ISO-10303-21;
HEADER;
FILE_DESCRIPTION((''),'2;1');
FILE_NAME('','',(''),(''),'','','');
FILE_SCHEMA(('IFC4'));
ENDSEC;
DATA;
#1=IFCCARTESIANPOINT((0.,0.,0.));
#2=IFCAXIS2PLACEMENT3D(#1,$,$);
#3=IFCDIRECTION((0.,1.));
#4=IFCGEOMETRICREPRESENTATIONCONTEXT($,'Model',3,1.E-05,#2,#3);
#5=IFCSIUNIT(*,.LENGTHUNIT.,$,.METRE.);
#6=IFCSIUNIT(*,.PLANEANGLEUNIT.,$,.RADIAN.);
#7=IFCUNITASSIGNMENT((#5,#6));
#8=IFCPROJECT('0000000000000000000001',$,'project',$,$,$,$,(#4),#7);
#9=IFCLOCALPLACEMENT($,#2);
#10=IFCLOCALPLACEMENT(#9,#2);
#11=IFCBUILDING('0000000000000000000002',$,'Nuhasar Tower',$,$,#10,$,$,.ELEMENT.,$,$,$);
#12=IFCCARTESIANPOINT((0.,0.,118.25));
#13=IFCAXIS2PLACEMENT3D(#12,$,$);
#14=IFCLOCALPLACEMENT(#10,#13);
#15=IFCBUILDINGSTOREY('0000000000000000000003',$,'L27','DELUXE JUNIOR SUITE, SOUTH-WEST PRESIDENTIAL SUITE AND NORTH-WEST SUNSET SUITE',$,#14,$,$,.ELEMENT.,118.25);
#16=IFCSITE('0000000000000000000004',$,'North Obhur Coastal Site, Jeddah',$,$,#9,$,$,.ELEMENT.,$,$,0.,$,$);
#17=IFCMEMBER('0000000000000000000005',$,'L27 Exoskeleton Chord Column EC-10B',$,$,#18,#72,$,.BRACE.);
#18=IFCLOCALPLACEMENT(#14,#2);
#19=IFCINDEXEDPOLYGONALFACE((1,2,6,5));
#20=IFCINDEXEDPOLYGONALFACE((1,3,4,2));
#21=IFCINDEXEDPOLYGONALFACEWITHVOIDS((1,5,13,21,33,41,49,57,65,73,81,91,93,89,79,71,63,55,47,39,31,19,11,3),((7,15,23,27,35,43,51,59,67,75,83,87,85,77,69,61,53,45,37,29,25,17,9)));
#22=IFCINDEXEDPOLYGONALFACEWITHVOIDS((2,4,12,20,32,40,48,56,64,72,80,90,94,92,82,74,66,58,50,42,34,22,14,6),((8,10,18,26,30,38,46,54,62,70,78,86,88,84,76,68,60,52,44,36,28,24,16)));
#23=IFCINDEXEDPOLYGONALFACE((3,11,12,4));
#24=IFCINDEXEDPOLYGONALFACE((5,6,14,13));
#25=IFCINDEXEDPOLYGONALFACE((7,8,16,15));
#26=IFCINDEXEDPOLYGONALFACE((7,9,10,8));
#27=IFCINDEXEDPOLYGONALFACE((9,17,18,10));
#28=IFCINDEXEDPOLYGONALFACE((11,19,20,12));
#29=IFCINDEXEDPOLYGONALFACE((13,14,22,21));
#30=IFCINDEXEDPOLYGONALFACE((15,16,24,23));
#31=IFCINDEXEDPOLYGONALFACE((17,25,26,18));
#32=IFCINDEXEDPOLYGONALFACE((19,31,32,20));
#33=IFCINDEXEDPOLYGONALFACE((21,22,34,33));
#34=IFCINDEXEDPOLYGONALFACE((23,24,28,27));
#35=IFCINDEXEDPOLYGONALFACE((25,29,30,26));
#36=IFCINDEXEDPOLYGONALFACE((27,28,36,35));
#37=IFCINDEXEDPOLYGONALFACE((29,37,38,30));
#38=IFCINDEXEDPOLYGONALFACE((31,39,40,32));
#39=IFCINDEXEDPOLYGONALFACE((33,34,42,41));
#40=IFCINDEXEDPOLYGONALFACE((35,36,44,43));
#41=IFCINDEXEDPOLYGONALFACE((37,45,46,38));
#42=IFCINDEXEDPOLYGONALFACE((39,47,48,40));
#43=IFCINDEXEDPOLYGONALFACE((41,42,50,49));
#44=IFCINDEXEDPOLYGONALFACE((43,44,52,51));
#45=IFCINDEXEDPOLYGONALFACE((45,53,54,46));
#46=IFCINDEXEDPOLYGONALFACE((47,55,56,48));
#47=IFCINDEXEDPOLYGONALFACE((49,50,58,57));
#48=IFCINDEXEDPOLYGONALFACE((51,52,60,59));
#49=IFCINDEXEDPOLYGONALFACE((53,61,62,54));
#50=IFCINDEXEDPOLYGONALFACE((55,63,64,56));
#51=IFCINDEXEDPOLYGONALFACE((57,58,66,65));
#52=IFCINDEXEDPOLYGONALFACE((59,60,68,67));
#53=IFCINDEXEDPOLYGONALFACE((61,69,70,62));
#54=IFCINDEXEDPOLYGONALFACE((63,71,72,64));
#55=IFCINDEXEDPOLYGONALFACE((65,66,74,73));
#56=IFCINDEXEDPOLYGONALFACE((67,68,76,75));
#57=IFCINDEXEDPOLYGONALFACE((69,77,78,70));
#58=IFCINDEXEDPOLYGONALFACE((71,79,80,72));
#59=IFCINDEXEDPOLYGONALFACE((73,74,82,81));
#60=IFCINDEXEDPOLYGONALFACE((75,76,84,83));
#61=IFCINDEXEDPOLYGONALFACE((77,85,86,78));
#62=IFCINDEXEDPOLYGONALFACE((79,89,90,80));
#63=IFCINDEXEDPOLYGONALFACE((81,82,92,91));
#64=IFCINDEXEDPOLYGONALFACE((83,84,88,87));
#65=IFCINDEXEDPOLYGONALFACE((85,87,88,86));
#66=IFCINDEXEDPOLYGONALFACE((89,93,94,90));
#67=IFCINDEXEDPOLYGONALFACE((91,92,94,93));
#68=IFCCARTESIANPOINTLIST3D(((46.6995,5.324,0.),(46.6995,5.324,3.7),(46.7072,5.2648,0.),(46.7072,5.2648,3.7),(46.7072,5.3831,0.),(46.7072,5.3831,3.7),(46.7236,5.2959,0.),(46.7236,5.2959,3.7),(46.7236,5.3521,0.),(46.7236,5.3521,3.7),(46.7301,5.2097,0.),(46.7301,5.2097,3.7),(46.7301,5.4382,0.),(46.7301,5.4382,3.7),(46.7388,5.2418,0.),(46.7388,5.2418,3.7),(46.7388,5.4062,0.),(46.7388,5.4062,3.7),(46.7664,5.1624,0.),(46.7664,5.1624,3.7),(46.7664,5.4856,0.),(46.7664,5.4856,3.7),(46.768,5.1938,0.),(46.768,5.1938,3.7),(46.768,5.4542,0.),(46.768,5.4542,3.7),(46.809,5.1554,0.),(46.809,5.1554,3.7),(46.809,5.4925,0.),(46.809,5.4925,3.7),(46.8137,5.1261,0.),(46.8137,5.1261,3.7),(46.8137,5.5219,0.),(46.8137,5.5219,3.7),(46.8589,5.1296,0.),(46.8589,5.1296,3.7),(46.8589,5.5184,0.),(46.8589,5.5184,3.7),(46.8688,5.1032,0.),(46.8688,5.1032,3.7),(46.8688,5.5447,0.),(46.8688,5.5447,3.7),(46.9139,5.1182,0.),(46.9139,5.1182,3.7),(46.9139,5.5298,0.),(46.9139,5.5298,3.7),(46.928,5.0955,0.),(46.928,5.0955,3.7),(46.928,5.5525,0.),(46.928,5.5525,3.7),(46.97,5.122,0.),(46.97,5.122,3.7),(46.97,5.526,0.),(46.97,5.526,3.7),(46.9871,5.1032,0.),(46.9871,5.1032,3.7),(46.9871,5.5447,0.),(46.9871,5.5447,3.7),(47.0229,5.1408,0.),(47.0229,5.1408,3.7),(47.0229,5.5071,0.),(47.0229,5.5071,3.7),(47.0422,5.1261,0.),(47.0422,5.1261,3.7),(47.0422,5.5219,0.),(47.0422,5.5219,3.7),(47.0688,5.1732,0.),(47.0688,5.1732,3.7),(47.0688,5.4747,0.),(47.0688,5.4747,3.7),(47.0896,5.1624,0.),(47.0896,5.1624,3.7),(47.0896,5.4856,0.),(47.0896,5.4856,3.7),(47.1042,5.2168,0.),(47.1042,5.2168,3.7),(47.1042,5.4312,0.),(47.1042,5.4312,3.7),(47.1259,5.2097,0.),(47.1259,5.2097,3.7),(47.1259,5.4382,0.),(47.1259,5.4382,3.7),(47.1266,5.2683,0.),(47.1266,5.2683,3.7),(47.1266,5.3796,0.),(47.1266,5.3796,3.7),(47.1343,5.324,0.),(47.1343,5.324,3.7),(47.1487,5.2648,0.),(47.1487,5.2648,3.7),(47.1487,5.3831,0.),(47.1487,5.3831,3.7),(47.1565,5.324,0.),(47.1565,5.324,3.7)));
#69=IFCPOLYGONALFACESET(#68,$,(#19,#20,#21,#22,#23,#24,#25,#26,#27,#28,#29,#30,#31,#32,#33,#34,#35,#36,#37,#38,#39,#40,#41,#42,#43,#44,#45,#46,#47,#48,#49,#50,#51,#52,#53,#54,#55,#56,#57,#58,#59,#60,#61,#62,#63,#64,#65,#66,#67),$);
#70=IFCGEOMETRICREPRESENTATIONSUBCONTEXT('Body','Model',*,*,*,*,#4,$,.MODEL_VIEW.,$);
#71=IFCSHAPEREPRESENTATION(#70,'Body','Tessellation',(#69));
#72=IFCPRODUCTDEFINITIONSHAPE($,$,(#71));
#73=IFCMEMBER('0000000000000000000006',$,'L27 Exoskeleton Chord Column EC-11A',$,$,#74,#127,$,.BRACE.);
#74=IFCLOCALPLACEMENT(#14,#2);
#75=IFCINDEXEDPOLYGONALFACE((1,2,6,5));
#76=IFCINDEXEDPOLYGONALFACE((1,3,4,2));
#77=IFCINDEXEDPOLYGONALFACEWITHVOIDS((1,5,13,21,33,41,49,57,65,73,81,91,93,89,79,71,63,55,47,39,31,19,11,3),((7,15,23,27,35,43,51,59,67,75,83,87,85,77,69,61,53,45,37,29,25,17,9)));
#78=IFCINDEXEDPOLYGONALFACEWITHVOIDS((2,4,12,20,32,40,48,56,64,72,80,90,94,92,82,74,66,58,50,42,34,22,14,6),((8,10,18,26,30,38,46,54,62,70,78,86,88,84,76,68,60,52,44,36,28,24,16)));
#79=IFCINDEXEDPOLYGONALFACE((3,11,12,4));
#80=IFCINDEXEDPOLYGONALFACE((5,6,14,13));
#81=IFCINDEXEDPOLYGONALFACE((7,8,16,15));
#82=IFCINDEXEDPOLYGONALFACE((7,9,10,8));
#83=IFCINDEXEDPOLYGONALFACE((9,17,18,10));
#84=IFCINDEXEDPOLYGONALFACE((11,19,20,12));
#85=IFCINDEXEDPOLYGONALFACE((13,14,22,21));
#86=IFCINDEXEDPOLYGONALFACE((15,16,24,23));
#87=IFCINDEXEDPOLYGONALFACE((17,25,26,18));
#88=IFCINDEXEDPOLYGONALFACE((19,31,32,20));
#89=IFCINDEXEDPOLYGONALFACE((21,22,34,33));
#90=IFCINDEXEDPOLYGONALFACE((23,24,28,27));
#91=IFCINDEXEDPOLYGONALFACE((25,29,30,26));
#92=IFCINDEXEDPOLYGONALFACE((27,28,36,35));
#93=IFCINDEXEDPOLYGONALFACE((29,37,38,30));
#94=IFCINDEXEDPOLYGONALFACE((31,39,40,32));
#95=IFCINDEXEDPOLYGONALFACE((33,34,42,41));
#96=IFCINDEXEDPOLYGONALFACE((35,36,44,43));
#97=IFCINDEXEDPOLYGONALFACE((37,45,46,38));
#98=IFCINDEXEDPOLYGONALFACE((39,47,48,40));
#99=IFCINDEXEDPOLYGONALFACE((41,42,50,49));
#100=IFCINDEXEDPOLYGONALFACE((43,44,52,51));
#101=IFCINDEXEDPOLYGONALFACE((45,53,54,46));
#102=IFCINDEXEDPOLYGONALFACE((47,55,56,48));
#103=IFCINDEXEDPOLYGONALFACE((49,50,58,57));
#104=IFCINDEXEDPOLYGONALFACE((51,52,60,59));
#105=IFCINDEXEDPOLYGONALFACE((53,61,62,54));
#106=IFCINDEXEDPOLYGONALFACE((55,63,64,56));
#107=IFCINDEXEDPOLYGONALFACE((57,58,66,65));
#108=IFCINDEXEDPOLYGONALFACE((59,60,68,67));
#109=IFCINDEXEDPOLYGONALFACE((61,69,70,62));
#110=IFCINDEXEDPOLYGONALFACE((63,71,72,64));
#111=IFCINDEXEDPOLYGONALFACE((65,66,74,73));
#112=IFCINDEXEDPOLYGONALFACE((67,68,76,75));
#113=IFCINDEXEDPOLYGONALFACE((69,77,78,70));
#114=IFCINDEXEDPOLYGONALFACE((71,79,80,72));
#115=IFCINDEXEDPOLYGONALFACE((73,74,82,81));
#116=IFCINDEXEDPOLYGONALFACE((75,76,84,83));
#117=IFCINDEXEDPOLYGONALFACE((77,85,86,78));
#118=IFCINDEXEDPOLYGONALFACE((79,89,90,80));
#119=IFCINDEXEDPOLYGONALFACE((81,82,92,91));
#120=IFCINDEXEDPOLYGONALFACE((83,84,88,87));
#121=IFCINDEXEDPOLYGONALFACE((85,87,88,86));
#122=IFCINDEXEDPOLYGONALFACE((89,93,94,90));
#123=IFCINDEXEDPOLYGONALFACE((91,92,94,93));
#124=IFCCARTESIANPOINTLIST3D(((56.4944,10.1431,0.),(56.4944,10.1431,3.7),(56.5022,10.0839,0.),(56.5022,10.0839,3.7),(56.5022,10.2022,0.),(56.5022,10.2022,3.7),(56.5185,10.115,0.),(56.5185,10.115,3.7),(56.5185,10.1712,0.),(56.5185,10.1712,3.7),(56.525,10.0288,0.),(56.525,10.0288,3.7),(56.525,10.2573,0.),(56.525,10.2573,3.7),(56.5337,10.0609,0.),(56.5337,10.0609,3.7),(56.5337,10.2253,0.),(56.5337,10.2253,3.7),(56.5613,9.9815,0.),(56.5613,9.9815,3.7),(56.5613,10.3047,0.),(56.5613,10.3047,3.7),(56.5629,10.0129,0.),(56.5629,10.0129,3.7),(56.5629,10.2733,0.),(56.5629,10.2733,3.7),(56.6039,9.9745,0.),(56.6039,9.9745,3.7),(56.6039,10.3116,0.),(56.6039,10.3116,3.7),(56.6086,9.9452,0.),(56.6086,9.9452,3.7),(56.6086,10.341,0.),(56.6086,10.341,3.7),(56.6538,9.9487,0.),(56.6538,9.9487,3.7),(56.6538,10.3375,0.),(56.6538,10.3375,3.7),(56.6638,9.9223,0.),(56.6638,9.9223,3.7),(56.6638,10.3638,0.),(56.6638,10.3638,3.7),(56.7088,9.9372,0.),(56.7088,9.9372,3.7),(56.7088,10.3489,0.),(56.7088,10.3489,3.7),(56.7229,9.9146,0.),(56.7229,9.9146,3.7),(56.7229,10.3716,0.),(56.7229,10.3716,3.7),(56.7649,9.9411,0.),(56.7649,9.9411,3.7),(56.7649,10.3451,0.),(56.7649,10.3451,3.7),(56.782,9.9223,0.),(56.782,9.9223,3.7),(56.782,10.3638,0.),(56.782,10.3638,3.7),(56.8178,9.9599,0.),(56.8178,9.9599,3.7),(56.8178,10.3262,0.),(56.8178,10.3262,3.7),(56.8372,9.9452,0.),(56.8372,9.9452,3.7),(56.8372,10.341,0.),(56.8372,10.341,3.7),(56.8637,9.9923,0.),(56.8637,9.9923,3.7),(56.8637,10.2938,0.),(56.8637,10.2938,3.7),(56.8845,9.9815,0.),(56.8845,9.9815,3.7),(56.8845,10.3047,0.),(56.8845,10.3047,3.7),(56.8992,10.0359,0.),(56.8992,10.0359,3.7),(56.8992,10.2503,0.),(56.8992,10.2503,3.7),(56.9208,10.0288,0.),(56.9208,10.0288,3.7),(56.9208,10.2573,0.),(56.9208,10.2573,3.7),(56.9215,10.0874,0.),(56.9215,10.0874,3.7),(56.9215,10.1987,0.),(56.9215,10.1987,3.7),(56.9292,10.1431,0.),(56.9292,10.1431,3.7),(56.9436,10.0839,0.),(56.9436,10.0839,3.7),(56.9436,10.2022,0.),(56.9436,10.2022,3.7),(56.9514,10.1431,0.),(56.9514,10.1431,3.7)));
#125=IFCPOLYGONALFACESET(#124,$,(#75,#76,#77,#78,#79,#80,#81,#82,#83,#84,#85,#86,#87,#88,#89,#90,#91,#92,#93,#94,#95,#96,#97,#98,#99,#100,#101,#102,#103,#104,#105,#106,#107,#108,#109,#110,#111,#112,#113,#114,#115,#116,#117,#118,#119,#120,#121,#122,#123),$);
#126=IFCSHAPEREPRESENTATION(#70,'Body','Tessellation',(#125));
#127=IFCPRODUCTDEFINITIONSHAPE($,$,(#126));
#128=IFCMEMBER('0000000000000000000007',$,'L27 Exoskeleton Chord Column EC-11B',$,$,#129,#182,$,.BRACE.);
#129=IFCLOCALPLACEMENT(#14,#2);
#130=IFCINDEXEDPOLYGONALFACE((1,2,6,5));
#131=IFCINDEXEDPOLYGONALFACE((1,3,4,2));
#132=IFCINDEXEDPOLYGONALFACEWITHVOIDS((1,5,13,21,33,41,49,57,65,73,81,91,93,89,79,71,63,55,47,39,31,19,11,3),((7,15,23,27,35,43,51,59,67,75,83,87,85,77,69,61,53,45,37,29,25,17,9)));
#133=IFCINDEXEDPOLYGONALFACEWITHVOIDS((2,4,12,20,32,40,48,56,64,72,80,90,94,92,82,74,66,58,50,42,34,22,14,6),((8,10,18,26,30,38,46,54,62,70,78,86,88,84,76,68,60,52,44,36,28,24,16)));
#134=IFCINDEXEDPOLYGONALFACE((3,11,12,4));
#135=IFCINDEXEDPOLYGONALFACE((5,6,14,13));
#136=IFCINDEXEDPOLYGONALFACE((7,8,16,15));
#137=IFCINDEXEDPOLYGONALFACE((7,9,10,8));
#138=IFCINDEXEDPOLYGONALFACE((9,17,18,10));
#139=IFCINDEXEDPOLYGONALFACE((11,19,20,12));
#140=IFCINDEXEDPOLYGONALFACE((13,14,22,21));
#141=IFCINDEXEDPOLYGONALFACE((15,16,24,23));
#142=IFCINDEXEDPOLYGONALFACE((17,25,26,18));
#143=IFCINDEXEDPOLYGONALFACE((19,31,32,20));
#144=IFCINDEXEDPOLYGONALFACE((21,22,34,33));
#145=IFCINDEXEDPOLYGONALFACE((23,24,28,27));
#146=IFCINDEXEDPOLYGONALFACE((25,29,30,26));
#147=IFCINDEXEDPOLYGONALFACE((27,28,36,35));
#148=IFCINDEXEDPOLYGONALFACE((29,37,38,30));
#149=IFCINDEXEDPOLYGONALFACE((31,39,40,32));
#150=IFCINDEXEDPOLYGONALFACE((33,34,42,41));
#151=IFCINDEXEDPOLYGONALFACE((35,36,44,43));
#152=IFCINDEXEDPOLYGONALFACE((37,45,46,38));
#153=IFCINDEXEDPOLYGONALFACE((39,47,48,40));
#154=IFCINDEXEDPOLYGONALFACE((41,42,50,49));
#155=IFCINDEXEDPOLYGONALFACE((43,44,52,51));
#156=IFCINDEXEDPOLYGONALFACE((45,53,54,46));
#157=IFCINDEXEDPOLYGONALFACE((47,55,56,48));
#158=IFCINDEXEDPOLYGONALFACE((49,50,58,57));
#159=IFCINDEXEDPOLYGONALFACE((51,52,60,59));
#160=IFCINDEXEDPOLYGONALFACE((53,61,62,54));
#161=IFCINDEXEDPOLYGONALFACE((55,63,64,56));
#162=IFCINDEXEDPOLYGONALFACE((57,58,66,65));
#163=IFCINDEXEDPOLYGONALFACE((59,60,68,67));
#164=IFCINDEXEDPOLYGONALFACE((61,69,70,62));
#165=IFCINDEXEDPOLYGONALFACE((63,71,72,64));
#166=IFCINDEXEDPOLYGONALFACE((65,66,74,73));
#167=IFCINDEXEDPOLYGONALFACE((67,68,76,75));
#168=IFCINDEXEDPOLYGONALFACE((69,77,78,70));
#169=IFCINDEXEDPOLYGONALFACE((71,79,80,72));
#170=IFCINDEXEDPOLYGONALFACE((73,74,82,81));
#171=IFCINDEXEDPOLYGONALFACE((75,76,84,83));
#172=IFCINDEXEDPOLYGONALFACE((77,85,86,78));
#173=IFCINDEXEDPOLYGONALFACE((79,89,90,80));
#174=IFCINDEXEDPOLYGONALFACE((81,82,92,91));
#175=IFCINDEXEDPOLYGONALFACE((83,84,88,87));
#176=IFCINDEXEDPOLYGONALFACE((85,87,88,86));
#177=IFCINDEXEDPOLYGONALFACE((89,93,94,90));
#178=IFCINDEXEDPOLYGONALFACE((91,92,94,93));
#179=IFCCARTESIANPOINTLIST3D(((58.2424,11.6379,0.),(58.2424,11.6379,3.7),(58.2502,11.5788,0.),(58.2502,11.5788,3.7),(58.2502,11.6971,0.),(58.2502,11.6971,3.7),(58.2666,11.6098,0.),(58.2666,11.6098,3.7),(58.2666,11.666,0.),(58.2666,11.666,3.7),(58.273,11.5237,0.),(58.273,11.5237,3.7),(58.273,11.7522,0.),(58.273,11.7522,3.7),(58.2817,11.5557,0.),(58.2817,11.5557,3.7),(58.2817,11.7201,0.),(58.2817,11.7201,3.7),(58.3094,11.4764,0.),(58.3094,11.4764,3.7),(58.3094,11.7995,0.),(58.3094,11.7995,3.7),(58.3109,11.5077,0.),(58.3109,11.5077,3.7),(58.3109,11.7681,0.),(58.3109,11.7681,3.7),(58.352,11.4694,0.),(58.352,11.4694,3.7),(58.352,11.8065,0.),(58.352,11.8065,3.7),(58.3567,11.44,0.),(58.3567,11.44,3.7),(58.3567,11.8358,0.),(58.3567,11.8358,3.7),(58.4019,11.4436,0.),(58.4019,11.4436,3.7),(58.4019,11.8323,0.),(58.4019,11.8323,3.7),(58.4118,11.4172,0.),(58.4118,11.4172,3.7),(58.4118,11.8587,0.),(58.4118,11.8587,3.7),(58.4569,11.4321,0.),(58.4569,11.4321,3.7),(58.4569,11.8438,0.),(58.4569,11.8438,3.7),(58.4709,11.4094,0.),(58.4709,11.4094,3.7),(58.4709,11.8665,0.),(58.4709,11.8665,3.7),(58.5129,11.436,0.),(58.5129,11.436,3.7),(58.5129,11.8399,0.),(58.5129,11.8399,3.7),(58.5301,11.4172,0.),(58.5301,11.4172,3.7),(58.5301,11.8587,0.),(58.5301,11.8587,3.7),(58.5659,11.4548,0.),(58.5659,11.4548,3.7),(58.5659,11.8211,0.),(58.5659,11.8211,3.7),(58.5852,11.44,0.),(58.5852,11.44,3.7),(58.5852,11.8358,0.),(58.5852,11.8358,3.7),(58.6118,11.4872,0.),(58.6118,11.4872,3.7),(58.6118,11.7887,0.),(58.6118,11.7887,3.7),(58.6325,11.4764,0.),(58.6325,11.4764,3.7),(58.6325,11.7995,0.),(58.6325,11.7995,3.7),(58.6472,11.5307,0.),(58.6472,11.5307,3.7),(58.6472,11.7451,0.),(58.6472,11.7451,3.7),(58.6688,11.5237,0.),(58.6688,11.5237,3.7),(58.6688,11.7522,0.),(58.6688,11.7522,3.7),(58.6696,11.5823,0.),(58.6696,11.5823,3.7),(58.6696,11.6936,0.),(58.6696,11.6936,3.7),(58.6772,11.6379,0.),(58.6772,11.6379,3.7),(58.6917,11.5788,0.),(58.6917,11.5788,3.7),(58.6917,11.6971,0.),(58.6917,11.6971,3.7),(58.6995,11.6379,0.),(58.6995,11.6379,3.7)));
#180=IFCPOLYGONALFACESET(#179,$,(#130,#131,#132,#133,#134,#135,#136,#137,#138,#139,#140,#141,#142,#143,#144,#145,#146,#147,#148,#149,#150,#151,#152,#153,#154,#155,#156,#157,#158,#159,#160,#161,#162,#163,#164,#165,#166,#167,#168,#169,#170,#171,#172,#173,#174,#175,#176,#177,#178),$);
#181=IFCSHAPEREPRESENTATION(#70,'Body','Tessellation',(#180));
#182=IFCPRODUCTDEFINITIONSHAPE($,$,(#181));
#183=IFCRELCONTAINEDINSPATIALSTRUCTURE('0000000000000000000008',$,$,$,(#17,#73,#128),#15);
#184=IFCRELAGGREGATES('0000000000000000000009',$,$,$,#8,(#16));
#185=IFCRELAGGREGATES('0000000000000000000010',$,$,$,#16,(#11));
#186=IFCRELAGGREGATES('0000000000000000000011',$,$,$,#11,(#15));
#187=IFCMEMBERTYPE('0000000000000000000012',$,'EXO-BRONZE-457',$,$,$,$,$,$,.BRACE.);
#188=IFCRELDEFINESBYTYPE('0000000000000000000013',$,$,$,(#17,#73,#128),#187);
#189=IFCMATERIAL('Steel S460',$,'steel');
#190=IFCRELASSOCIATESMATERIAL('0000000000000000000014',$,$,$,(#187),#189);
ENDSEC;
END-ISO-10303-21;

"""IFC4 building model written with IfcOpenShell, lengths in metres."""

from ifc_helpers import new_model, si_unit, direction, frame, origin, origin_2d, place, context, subcontext, project, spatial, hollow_circle, extrude, material, material_profile, profile_set, type_object, element, save


model = new_model("IFC4")

# Units and contexts
model_context = context("Model", 3, precision=1e-05, world=origin(), true_north=direction((0.0, 1.0)))
body_context = subcontext(model_context, "Body", "Model", "MODEL_VIEW")
ifc_project = project(units=[si_unit("LENGTHUNIT", "METRE"), si_unit("PLANEANGLEUNIT", "RADIAN")], contexts=[model_context])

# Site, building, storey
site_placement = place(None, origin())
site = spatial("IfcSite", under=ifc_project, at=site_placement, Name="North Obhur Coastal Site, Jeddah", CompositionType="ELEMENT", RefElevation=0.0)
building_placement = place(site_placement, origin())
building = spatial("IfcBuilding", under=site, at=building_placement, Name="Nuhasar Tower", CompositionType="ELEMENT")
storey_placement = place(building_placement, frame((0.0, 0.0, 118.25)))
storey = spatial("IfcBuildingStorey", under=building, at=storey_placement, Name="L27", Description="DELUXE JUNIOR SUITE, SOUTH-WEST PRESIDENTIAL SUITE AND NORTH-WEST SUNSET SUITE", CompositionType="ELEMENT", Elevation=118.25)

# Members
ifc_material_1 = material(Name="Steel S460", Category="steel")
ifc_material_profile_1 = material_profile(ifc_material_1, hollow_circle(Radius=0.2285, WallThickness=0.0222, at=origin_2d()), Name="HSS457X22.2")
ifc_profile_set_1 = profile_set([ifc_material_profile_1], Name="Steel S460")
member_type_1 = type_object("IfcMemberType", Name="EXO-BRONZE-457", PredefinedType="BRACE", material=ifc_profile_set_1)
for number, where, z_axis, x_axis, name in (
    (1, (46.928, 5.324, 0.0), (0.0, 0.0, 1.0), (1.0, 0.0, 0.0), "L27 Exoskeleton Chord Column EC-10B"),
    (2, (56.7229, 10.1431, 0.0), (0.0, 0.0, 1.0), (1.0, 0.0, 0.0), "L27 Exoskeleton Chord Column EC-11A"),
    (3, (58.4709, 11.6379, 0.0), (0.0, 0.0, 1.0), (1.0, 0.0, 0.0), "L27 Exoskeleton Chord Column EC-11B"),
):
    element("IfcMember", number, at=place(storey_placement, frame(where, z_axis=z_axis, x_axis=x_axis)), inside=storey, type_object=member_type_1, Name=name, PredefinedType="BRACE", context=body_context, shape_type="SweptSolid", body=[
        extrude(hollow_circle(Radius=0.2285, WallThickness=0.0222, at=origin_2d()), origin(), (0.0, 0.0, 1.0), 3.7),
    ])

save(model, "model.ifc")
